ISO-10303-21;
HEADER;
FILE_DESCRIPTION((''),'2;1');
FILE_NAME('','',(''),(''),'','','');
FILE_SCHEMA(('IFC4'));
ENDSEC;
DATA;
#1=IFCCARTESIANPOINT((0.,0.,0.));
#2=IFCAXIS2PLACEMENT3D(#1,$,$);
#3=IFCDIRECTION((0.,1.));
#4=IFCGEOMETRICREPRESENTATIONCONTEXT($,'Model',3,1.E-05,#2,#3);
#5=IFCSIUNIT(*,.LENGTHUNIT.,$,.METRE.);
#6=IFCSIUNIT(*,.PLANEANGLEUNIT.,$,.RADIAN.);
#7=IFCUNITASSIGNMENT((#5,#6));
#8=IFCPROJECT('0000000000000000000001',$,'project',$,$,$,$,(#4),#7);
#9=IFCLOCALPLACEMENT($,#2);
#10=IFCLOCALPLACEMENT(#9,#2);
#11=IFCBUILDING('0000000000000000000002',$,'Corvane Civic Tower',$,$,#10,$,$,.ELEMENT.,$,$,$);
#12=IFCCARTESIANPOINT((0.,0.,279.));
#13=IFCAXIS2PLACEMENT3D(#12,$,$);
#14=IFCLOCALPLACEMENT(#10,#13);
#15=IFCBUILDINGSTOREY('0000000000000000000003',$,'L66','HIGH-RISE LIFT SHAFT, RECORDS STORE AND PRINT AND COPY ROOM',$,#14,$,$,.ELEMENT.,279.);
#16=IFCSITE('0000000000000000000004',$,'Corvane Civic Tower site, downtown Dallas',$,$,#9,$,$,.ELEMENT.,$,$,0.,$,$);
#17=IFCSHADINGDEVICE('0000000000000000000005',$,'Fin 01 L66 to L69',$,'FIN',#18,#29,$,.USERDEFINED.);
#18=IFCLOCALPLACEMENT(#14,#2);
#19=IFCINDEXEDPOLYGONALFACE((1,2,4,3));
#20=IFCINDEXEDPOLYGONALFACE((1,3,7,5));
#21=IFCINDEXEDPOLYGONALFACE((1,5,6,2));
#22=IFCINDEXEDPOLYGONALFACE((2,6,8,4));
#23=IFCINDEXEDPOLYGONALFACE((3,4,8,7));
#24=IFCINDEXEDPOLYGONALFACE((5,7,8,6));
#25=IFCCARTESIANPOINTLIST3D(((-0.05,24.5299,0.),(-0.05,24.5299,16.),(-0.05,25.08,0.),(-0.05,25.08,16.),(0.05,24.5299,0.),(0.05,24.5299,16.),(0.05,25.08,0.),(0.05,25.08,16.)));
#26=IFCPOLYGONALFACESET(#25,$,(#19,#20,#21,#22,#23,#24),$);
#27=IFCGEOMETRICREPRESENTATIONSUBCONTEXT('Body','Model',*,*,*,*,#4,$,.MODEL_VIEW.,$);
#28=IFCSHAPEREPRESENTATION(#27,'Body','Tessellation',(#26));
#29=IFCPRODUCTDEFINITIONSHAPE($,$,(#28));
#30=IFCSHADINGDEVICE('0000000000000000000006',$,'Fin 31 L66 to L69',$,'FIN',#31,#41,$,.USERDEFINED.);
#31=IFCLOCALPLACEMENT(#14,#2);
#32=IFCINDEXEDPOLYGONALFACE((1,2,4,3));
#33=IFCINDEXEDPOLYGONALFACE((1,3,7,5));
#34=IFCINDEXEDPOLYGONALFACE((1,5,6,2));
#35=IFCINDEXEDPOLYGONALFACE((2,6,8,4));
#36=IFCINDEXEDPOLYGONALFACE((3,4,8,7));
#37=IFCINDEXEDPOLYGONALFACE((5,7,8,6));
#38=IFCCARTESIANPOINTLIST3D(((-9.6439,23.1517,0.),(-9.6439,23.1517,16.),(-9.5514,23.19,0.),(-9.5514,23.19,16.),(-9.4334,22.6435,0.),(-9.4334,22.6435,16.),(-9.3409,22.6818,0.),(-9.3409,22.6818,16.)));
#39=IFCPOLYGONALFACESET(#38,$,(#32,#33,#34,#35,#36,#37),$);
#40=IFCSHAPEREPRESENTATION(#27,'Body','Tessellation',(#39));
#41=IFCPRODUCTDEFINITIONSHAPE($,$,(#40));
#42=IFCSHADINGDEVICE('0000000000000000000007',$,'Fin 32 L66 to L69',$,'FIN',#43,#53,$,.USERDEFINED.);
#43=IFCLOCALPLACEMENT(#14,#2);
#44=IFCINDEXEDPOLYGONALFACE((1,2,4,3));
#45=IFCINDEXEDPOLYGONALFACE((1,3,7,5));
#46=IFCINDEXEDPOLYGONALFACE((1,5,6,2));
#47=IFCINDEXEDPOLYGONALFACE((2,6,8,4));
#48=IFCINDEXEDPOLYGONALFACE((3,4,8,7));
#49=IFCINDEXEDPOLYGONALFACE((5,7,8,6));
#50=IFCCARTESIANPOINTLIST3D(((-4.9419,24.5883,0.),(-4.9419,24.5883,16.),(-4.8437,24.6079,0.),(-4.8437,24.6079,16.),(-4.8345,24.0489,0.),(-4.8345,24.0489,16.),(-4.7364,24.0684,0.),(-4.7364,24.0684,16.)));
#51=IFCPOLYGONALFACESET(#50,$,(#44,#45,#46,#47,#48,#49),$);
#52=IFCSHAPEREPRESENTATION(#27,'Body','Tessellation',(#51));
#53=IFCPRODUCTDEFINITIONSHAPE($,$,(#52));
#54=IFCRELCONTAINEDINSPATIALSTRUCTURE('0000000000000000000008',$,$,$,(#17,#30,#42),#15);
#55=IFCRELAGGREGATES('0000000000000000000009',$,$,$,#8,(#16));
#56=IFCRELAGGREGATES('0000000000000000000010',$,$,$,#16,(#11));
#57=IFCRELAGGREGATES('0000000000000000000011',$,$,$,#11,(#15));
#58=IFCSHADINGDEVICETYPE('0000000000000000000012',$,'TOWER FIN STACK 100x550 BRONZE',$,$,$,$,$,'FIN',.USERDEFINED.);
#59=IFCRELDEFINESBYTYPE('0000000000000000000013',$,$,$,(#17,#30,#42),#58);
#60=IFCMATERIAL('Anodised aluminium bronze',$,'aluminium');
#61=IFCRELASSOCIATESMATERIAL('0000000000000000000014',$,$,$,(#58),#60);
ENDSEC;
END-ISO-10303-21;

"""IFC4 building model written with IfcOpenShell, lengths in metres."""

from ifc_helpers import new_model, si_unit, direction, frame, origin, origin_2d, place, context, subcontext, project, spatial, rectangle, extrude, material, material_profile, profile_set, type_object, element, save


model = new_model("IFC4")

# Units and contexts
model_context = context("Model", 3, precision=1e-05, world=origin(), true_north=direction((0.0, 1.0)))
body_context = subcontext(model_context, "Body", "Model", "MODEL_VIEW")
ifc_project = project(units=[si_unit("LENGTHUNIT", "METRE"), si_unit("PLANEANGLEUNIT", "RADIAN")], contexts=[model_context])

# Site, building, storey
site_placement = place(None, origin())
site = spatial("IfcSite", under=ifc_project, at=site_placement, Name="Corvane Civic Tower site, downtown Dallas", CompositionType="ELEMENT", RefElevation=0.0)
building_placement = place(site_placement, origin())
building = spatial("IfcBuilding", under=site, at=building_placement, Name="Corvane Civic Tower", CompositionType="ELEMENT")
storey_placement = place(building_placement, frame((0.0, 0.0, 279.0)))
storey = spatial("IfcBuildingStorey", under=building, at=storey_placement, Name="L66", Description="HIGH-RISE LIFT SHAFT, RECORDS STORE AND PRINT AND COPY ROOM", CompositionType="ELEMENT", Elevation=279.0)

# Shading devices
ifc_material_1 = material(Name="Anodised aluminium bronze", Category="aluminium")
ifc_material_profile_1 = material_profile(ifc_material_1, rectangle(XDim=0.1001, YDim=0.55, at=origin_2d()), Name="TOWER FIN STACK 100x550 BRONZE")
ifc_profile_set_1 = profile_set([ifc_material_profile_1], Name="Anodised aluminium bronze")
shading_device_type = type_object("IfcShadingDeviceType", Name="TOWER FIN STACK 100x550 BRONZE", ElementType="FIN", PredefinedType="USERDEFINED", material=ifc_profile_set_1)
for number, where, z_axis, x_axis, name in (
    (1, (0.0, 24.8049, 0.0), (0.0, 0.0, 1.0), (1.0, 0.0, 0.0), "Fin 01 L66 to L69"),
    (2, (-9.4924, 22.9167, 0.0), (0.0, 0.0, 1.0), (0.92388, 0.382683, 0.0), "Fin 31 L66 to L69"),
    (3, (-4.8391, 24.3284, 0.0), (0.0, 0.0, 1.0), (0.980785, 0.19509, 0.0), "Fin 32 L66 to L69"),
):
    element("IfcShadingDevice", number, at=place(storey_placement, frame(where, z_axis=z_axis, x_axis=x_axis)), inside=storey, type_object=shading_device_type, Name=name, ObjectType="FIN", PredefinedType="USERDEFINED", context=body_context, shape_type="SweptSolid", body=[
        extrude(rectangle(XDim=0.1001, YDim=0.55, at=origin_2d()), origin(), (0.0, 0.0, 1.0), 16.0),
    ])

save(model, "model.ifc")
